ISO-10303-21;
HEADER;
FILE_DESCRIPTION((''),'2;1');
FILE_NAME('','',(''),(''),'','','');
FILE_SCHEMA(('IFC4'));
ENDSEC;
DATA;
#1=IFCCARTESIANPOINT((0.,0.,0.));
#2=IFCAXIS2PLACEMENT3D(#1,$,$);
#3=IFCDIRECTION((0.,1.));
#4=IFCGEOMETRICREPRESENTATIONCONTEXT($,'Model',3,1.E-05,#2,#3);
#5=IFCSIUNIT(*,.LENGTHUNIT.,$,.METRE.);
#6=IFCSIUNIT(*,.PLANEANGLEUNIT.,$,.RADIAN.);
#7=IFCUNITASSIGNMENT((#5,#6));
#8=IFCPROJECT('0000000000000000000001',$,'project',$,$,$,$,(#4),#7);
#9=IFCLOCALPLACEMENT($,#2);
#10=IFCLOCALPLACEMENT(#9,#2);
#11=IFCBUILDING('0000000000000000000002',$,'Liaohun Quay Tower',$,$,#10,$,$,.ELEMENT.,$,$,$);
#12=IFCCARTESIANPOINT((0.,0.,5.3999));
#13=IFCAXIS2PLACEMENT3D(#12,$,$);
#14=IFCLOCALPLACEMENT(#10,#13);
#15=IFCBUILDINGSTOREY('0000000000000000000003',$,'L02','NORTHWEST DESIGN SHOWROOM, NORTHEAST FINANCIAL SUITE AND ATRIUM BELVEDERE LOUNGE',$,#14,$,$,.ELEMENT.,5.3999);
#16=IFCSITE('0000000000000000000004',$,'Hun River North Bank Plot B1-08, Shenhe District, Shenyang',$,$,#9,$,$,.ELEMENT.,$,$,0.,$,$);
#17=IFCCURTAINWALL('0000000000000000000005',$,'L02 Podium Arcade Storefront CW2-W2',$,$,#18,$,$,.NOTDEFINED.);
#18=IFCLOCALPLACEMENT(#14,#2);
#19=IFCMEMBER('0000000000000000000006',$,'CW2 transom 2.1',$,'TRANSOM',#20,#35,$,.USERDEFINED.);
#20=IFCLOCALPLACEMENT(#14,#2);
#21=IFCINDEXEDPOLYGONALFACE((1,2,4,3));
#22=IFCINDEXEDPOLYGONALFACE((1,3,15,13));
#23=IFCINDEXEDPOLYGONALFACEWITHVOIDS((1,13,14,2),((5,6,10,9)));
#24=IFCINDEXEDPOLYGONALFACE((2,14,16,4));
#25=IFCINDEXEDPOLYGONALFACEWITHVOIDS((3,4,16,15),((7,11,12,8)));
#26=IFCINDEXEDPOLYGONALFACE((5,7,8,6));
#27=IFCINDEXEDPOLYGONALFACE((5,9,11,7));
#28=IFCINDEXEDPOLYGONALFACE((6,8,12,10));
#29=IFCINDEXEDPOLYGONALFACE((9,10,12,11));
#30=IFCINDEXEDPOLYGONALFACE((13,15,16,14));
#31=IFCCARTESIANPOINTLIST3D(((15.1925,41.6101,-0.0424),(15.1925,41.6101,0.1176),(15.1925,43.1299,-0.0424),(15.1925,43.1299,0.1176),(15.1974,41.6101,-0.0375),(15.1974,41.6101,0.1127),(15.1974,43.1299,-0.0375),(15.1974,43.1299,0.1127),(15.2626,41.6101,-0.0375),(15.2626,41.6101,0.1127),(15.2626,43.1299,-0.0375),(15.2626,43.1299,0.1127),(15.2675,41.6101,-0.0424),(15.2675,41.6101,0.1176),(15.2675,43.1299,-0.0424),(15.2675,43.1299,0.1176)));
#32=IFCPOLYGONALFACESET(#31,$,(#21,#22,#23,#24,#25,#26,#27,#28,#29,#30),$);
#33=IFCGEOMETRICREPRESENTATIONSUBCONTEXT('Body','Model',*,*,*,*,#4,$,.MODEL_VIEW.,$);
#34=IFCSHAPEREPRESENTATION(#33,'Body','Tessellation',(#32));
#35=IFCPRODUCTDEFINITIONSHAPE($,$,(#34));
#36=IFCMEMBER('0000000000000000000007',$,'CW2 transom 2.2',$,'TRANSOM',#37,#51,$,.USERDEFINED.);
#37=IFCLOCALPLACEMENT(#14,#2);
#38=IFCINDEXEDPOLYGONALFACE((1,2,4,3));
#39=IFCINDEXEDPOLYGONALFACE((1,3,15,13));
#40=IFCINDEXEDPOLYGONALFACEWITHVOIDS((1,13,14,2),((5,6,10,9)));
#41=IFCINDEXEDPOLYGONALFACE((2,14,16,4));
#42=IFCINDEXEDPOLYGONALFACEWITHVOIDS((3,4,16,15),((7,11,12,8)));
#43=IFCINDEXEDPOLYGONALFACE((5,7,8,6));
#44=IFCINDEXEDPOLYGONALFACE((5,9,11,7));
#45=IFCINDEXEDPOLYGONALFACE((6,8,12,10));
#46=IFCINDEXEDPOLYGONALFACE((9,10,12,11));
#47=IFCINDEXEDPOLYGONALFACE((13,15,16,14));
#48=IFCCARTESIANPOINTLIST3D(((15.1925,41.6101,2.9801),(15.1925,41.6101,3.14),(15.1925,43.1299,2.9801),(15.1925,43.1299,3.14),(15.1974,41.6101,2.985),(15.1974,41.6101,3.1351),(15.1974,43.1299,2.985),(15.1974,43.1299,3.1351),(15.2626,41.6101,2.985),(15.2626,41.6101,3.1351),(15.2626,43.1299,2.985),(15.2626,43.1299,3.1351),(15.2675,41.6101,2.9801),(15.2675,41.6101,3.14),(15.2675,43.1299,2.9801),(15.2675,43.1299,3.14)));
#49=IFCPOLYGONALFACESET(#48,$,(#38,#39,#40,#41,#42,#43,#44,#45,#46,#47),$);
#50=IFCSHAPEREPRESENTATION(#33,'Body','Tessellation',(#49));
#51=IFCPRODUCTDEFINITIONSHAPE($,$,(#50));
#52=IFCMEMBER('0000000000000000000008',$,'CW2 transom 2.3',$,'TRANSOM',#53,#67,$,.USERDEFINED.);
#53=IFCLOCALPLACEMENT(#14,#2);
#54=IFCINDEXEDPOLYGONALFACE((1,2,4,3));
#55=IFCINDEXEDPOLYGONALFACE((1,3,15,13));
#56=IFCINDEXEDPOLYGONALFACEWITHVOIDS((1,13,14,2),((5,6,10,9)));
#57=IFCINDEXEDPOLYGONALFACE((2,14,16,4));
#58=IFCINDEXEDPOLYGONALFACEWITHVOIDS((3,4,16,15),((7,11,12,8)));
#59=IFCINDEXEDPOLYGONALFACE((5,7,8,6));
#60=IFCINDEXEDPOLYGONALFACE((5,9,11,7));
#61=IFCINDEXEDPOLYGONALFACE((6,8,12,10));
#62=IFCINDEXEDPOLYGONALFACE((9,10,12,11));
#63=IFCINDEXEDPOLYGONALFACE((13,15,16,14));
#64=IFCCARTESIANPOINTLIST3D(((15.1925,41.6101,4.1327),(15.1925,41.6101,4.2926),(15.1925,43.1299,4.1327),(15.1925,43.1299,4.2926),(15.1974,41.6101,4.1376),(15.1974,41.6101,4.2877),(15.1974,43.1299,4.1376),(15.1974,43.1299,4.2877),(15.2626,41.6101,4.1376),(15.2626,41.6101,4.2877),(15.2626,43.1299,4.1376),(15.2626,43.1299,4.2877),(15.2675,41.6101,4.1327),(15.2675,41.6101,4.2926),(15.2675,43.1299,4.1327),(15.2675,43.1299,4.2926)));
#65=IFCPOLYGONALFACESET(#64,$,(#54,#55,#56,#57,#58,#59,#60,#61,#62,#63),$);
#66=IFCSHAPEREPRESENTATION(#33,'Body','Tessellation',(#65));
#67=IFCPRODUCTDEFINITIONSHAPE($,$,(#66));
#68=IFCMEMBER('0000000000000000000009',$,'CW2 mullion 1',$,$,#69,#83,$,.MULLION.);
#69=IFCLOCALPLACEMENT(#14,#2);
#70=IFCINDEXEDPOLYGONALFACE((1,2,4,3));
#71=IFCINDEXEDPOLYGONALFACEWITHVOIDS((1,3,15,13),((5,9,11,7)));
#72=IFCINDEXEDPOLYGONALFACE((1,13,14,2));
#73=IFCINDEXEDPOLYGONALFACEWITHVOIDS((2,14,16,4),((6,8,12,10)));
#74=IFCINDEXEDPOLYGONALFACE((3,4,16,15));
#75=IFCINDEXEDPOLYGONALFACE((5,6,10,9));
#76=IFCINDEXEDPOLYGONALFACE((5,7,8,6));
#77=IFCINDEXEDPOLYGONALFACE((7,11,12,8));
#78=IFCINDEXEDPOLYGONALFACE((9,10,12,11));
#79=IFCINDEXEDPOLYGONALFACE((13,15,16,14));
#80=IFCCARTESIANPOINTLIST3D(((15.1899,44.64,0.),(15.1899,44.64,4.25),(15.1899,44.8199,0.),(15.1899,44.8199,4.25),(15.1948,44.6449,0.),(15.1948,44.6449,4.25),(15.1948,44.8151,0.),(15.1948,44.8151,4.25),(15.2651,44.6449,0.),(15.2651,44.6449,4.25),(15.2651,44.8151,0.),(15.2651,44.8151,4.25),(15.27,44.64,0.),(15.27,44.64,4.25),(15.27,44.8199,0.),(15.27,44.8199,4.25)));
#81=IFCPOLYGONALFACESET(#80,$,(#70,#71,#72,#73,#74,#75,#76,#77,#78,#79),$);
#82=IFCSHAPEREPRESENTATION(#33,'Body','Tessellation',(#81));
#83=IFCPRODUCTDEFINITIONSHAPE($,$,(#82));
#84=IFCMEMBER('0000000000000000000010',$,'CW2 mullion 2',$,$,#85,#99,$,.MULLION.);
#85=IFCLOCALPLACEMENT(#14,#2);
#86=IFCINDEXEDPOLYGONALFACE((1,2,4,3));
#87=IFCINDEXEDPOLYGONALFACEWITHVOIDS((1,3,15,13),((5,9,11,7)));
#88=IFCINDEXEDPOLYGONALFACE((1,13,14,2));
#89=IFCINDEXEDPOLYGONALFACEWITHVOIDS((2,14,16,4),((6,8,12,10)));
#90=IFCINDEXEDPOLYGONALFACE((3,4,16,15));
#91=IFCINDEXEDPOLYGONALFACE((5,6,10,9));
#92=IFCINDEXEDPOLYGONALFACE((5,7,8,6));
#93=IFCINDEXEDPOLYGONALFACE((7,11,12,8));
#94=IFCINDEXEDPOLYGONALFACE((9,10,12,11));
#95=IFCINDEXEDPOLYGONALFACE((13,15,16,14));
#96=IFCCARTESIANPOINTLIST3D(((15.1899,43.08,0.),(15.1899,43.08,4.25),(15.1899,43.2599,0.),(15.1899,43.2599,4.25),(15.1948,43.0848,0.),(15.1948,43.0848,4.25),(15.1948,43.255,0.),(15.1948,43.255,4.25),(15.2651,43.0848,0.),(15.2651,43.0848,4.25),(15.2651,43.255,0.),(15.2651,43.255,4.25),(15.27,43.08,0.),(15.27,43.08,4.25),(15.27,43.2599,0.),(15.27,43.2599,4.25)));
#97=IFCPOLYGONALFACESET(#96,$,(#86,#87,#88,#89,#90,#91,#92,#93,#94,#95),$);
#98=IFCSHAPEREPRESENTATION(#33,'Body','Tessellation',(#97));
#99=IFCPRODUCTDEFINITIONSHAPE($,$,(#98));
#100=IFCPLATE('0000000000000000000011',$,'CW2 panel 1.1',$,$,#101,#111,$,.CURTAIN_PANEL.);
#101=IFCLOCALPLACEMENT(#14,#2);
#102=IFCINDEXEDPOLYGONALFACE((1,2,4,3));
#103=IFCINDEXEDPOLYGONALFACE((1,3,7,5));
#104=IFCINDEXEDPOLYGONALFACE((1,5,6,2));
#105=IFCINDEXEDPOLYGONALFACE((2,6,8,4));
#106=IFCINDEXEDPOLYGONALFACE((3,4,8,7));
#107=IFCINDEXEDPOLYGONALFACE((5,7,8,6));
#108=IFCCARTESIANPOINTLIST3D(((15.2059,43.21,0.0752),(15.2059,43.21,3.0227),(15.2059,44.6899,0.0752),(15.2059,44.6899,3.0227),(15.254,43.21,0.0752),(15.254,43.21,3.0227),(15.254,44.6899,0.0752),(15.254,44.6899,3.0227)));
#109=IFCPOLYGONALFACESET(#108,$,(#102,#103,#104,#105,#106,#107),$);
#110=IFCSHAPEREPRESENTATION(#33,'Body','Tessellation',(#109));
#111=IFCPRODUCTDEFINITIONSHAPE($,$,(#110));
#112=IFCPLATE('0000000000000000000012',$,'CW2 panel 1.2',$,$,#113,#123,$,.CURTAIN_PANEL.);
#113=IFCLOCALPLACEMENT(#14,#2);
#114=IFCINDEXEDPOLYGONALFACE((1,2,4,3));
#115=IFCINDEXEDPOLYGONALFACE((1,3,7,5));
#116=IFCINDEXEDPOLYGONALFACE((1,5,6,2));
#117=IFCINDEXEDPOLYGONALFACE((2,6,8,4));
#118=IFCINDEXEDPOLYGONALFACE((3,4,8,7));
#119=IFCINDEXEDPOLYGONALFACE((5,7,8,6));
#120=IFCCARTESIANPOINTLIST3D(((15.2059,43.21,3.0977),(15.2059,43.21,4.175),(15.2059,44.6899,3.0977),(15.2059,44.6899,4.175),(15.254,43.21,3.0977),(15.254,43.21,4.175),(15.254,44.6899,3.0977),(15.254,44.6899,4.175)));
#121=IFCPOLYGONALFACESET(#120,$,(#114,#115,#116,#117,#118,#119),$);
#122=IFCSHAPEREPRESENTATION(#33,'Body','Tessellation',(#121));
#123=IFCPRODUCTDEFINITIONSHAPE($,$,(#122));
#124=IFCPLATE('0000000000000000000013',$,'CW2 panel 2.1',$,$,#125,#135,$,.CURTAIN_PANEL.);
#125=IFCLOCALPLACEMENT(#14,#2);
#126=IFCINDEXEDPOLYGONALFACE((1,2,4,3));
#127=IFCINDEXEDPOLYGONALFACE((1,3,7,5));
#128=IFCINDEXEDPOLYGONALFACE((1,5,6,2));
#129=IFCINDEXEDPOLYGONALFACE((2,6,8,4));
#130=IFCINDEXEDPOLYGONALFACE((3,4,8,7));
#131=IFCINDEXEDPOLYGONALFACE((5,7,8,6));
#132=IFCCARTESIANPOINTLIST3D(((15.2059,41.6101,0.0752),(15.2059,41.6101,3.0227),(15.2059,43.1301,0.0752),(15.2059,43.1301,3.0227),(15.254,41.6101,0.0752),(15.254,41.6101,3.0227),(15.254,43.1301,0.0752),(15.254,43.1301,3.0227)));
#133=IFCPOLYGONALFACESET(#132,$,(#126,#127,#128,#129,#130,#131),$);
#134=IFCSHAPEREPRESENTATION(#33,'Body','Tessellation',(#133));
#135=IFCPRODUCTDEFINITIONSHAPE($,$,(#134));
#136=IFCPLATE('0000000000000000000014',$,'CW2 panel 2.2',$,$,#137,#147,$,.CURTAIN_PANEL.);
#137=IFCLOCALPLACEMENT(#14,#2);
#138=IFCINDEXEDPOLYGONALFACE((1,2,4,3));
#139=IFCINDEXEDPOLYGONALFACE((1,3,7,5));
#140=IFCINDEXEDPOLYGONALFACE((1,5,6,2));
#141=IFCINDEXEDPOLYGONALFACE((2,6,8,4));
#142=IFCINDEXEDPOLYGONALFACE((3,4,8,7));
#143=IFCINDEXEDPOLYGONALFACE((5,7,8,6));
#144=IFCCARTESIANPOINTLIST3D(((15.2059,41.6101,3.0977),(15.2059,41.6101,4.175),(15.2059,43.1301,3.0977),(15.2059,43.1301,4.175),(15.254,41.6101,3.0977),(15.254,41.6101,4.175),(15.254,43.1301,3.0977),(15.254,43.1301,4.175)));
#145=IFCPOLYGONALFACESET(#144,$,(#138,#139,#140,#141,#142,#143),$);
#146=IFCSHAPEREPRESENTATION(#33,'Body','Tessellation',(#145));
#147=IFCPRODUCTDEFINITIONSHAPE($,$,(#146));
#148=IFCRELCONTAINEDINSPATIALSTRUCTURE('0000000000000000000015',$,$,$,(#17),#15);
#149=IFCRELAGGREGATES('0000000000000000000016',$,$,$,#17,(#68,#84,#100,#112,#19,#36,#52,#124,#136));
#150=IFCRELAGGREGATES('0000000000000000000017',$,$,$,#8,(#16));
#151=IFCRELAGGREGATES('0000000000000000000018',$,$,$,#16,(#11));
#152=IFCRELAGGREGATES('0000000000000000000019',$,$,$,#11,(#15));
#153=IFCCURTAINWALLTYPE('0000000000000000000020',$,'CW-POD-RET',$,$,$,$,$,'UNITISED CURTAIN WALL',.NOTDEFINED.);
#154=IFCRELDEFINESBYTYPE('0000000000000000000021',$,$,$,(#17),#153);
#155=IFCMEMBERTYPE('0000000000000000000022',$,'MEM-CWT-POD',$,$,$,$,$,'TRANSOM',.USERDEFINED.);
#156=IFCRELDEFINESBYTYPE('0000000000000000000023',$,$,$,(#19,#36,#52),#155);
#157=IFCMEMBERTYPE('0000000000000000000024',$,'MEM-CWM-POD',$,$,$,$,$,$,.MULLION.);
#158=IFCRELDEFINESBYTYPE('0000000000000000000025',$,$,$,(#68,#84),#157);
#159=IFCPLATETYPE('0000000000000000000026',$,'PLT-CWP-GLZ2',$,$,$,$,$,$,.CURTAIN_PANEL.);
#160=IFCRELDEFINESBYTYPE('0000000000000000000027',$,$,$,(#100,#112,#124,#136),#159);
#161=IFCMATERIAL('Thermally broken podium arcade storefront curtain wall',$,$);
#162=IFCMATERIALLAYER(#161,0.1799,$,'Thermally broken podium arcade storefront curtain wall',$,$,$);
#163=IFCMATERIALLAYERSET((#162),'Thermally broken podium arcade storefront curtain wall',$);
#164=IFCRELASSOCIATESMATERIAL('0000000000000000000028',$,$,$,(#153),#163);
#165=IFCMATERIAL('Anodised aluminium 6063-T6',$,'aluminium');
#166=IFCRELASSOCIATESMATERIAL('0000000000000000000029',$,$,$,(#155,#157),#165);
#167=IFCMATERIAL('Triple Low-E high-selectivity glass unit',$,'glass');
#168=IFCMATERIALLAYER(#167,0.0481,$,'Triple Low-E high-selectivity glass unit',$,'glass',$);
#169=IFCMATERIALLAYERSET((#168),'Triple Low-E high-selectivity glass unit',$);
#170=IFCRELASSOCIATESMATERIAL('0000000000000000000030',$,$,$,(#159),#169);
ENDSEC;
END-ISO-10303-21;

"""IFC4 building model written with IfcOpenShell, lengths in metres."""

from ifc_helpers import new_model, si_unit, direction, frame, origin, origin_2d, place, context, subcontext, project, spatial, rectangle, hollow_rectangle, extrude, source, transform, mapped, material, layer, layer_set, material_profile, profile_set, type_object, element, aggregate, save


model = new_model("IFC4")

# Units and contexts
model_context = context("Model", 3, precision=1e-05, world=origin(), true_north=direction((0.0, 1.0)))
body_context = subcontext(model_context, "Body", "Model", "MODEL_VIEW")
ifc_project = project(units=[si_unit("LENGTHUNIT", "METRE"), si_unit("PLANEANGLEUNIT", "RADIAN")], contexts=[model_context])

# Site, building, storey
site_placement = place(None, origin())
site = spatial("IfcSite", under=ifc_project, at=site_placement, Name="Hun River North Bank Plot B1-08, Shenhe District, Shenyang", CompositionType="ELEMENT", RefElevation=0.0)
building_placement = place(site_placement, origin())
building = spatial("IfcBuilding", under=site, at=building_placement, Name="Liaohun Quay Tower", CompositionType="ELEMENT")
storey_placement = place(building_placement, frame((0.0, 0.0, 5.3999)))
storey = spatial("IfcBuildingStorey", under=building, at=storey_placement, Name="L02", Description="NORTHWEST DESIGN SHOWROOM, NORTHEAST FINANCIAL SUITE AND ATRIUM BELVEDERE LOUNGE", CompositionType="ELEMENT", Elevation=5.3999)

# Curtain wall, members, plates
ifc_material_1 = material(Name="Thermally broken podium arcade storefront curtain wall")
ifc_layer_1 = layer(ifc_material_1, 0.1799, Name="Thermally broken podium arcade storefront curtain wall")
ifc_layer_set_1 = layer_set([ifc_layer_1], Name="Thermally broken podium arcade storefront curtain wall")
curtain_wall_type = type_object("IfcCurtainWallType", Name="CW-POD-RET", ElementType="UNITISED CURTAIN WALL", PredefinedType="NOTDEFINED", material=ifc_layer_set_1)
curtain_wall_placement = place(storey_placement, origin())
curtain_wall = element("IfcCurtainWall", 1, at=curtain_wall_placement, inside=storey, type_object=curtain_wall_type, Name="L02 Podium Arcade Storefront CW2-W2", PredefinedType="NOTDEFINED")
ifc_material_2 = material(Name="Anodised aluminium 6063-T6", Category="aluminium")
ifc_material_profile_1 = material_profile(ifc_material_2, hollow_rectangle(XDim=0.075, YDim=0.1599, WallThickness=0.0049, at=origin_2d()), Name="RHS160x75x5")
ifc_profile_set_1 = profile_set([ifc_material_profile_1], Name="Anodised aluminium 6063-T6")
member_type_1 = type_object("IfcMemberType", Name="MEM-CWT-POD", ElementType="TRANSOM", PredefinedType="USERDEFINED", material=ifc_profile_set_1)
shared_shape_1 = source(origin(), body_context, "Body", "SweptSolid", [
    extrude(hollow_rectangle(XDim=0.075, YDim=0.1599, WallThickness=0.0049, at=origin_2d()), origin(), (0.0, 0.0, 1.0), 1.5198),
])
member_1_placement = place(storey_placement, frame((15.23, 43.1299, 0.0376), z_axis=(0.0, -1.0, 0.0), x_axis=(1.0, 0.0, 0.0)))
member_1 = element("IfcMember", 2, at=member_1_placement, type_object=member_type_1, Name="CW2 transom 2.1", ObjectType="TRANSOM", PredefinedType="USERDEFINED", context=body_context, shape_type="MappedRepresentation", body=[
    mapped(shared_shape_1, transform((0.0, 0.0, 0.0), x_axis=(1.0, 0.0, 0.0), y_axis=(0.0, 1.0, 0.0), z_axis=(0.0, 0.0, 1.0), scale=1.0)),
])
member_2_placement = place(storey_placement, frame((15.23, 43.1299, 3.0601), z_axis=(0.0, -1.0, 0.0), x_axis=(1.0, 0.0, 0.0)))
member_2 = element("IfcMember", 3, at=member_2_placement, type_object=member_type_1, Name="CW2 transom 2.2", ObjectType="TRANSOM", PredefinedType="USERDEFINED", context=body_context, shape_type="MappedRepresentation", body=[
    mapped(shared_shape_1, transform((0.0, 0.0, 0.0), x_axis=(1.0, 0.0, 0.0), y_axis=(0.0, 1.0, 0.0), z_axis=(0.0, 0.0, 1.0), scale=1.0)),
])
member_3_placement = place(storey_placement, frame((15.23, 43.1299, 4.2126), z_axis=(0.0, -1.0, 0.0), x_axis=(1.0, 0.0, 0.0)))
member_3 = element("IfcMember", 4, at=member_3_placement, type_object=member_type_1, Name="CW2 transom 2.3", ObjectType="TRANSOM", PredefinedType="USERDEFINED", context=body_context, shape_type="MappedRepresentation", body=[
    mapped(shared_shape_1, transform((0.0, 0.0, 0.0), x_axis=(1.0, 0.0, 0.0), y_axis=(0.0, 1.0, 0.0), z_axis=(0.0, 0.0, 1.0), scale=1.0)),
])
ifc_material_profile_2 = material_profile(ifc_material_2, hollow_rectangle(XDim=0.0801, YDim=0.1799, WallThickness=0.0049, at=origin_2d()), Name="RHS180x80x5")
ifc_profile_set_2 = profile_set([ifc_material_profile_2], Name="Anodised aluminium 6063-T6")
member_type_2 = type_object("IfcMemberType", Name="MEM-CWM-POD", PredefinedType="MULLION", material=ifc_profile_set_2)
shared_shape_2 = source(origin(), body_context, "Body", "SweptSolid", [
    extrude(hollow_rectangle(XDim=0.0801, YDim=0.1799, WallThickness=0.0049, at=origin_2d()), origin(), (0.0, 0.0, 1.0), 4.25),
])
member_4_placement = place(storey_placement, frame((15.23, 44.73, 0.0), z_axis=(0.0, 0.0, 1.0), x_axis=(1.0, 0.0, 0.0)))
member_4 = element("IfcMember", 5, at=member_4_placement, type_object=member_type_2, Name="CW2 mullion 1", PredefinedType="MULLION", context=body_context, shape_type="MappedRepresentation", body=[
    mapped(shared_shape_2, transform((0.0, 0.0, 0.0), x_axis=(1.0, 0.0, 0.0), y_axis=(0.0, 1.0, 0.0), z_axis=(0.0, 0.0, 1.0), scale=1.0)),
])
member_5_placement = place(storey_placement, frame((15.23, 43.1699, 0.0), z_axis=(0.0, 0.0, 1.0), x_axis=(1.0, 0.0, 0.0)))
member_5 = element("IfcMember", 6, at=member_5_placement, type_object=member_type_2, Name="CW2 mullion 2", PredefinedType="MULLION", context=body_context, shape_type="MappedRepresentation", body=[
    mapped(shared_shape_2, transform((0.0, 0.0, 0.0), x_axis=(1.0, 0.0, 0.0), y_axis=(0.0, 1.0, 0.0), z_axis=(0.0, 0.0, 1.0), scale=1.0)),
])
ifc_material_3 = material(Name="Triple Low-E high-selectivity glass unit", Category="glass")
ifc_layer_2 = layer(ifc_material_3, 0.0481, Name="Triple Low-E high-selectivity glass unit", Category="glass")
ifc_layer_set_2 = layer_set([ifc_layer_2], Name="Triple Low-E high-selectivity glass unit")
plate_type = type_object("IfcPlateType", Name="PLT-CWP-GLZ2", PredefinedType="CURTAIN_PANEL", material=ifc_layer_set_2)
shared_shape_3 = source(origin(), body_context, "Body", "SweptSolid", [
    extrude(rectangle(XDim=1.48, YDim=0.0481, at=origin_2d()), origin(), (0.0, 0.0, 1.0), 2.9475),
])
plate_1_placement = place(storey_placement, frame((15.23, 43.95, 0.0752), z_axis=(0.0, 0.0, 1.0), x_axis=(0.0, -1.0, 0.0)))
plate_1 = element("IfcPlate", 7, at=plate_1_placement, type_object=plate_type, Name="CW2 panel 1.1", PredefinedType="CURTAIN_PANEL", context=body_context, shape_type="MappedRepresentation", body=[
    mapped(shared_shape_3, transform((0.0, 0.0, 0.0), x_axis=(1.0, 0.0, 0.0), y_axis=(0.0, 1.0, 0.0), z_axis=(0.0, 0.0, 1.0), scale=1.0)),
])
shared_shape_4 = source(origin(), body_context, "Body", "SweptSolid", [
    extrude(rectangle(XDim=1.48, YDim=0.0481, at=origin_2d()), origin(), (0.0, 0.0, 1.0), 1.0774),
])
plate_2_placement = place(storey_placement, frame((15.23, 43.95, 3.0977), z_axis=(0.0, 0.0, 1.0), x_axis=(0.0, -1.0, 0.0)))
plate_2 = element("IfcPlate", 8, at=plate_2_placement, type_object=plate_type, Name="CW2 panel 1.2", PredefinedType="CURTAIN_PANEL", context=body_context, shape_type="MappedRepresentation", body=[
    mapped(shared_shape_4, transform((0.0, 0.0, 0.0), x_axis=(1.0, 0.0, 0.0), y_axis=(0.0, 1.0, 0.0), z_axis=(0.0, 0.0, 1.0), scale=1.0)),
])
shared_shape_5 = source(origin(), body_context, "Body", "SweptSolid", [
    extrude(rectangle(XDim=1.52, YDim=0.0481, at=origin_2d()), origin(), (0.0, 0.0, 1.0), 2.9475),
])
plate_3_placement = place(storey_placement, frame((15.23, 42.3701, 0.0752), z_axis=(0.0, 0.0, 1.0), x_axis=(0.0, -1.0, 0.0)))
plate_3 = element("IfcPlate", 9, at=plate_3_placement, type_object=plate_type, Name="CW2 panel 2.1", PredefinedType="CURTAIN_PANEL", context=body_context, shape_type="MappedRepresentation", body=[
    mapped(shared_shape_5, transform((0.0, 0.0, 0.0), x_axis=(1.0, 0.0, 0.0), y_axis=(0.0, 1.0, 0.0), z_axis=(0.0, 0.0, 1.0), scale=1.0)),
])
shared_shape_6 = source(origin(), body_context, "Body", "SweptSolid", [
    extrude(rectangle(XDim=1.52, YDim=0.0481, at=origin_2d()), origin(), (0.0, 0.0, 1.0), 1.0774),
])
plate_4_placement = place(storey_placement, frame((15.23, 42.3701, 3.0977), z_axis=(0.0, 0.0, 1.0), x_axis=(0.0, -1.0, 0.0)))
plate_4 = element("IfcPlate", 10, at=plate_4_placement, type_object=plate_type, Name="CW2 panel 2.2", PredefinedType="CURTAIN_PANEL", context=body_context, shape_type="MappedRepresentation", body=[
    mapped(shared_shape_6, transform((0.0, 0.0, 0.0), x_axis=(1.0, 0.0, 0.0), y_axis=(0.0, 1.0, 0.0), z_axis=(0.0, 0.0, 1.0), scale=1.0)),
])
aggregate(curtain_wall, [member_4, member_5, plate_1, plate_2, member_1, member_2, member_3, plate_3, plate_4])

save(model, "model.ifc")
